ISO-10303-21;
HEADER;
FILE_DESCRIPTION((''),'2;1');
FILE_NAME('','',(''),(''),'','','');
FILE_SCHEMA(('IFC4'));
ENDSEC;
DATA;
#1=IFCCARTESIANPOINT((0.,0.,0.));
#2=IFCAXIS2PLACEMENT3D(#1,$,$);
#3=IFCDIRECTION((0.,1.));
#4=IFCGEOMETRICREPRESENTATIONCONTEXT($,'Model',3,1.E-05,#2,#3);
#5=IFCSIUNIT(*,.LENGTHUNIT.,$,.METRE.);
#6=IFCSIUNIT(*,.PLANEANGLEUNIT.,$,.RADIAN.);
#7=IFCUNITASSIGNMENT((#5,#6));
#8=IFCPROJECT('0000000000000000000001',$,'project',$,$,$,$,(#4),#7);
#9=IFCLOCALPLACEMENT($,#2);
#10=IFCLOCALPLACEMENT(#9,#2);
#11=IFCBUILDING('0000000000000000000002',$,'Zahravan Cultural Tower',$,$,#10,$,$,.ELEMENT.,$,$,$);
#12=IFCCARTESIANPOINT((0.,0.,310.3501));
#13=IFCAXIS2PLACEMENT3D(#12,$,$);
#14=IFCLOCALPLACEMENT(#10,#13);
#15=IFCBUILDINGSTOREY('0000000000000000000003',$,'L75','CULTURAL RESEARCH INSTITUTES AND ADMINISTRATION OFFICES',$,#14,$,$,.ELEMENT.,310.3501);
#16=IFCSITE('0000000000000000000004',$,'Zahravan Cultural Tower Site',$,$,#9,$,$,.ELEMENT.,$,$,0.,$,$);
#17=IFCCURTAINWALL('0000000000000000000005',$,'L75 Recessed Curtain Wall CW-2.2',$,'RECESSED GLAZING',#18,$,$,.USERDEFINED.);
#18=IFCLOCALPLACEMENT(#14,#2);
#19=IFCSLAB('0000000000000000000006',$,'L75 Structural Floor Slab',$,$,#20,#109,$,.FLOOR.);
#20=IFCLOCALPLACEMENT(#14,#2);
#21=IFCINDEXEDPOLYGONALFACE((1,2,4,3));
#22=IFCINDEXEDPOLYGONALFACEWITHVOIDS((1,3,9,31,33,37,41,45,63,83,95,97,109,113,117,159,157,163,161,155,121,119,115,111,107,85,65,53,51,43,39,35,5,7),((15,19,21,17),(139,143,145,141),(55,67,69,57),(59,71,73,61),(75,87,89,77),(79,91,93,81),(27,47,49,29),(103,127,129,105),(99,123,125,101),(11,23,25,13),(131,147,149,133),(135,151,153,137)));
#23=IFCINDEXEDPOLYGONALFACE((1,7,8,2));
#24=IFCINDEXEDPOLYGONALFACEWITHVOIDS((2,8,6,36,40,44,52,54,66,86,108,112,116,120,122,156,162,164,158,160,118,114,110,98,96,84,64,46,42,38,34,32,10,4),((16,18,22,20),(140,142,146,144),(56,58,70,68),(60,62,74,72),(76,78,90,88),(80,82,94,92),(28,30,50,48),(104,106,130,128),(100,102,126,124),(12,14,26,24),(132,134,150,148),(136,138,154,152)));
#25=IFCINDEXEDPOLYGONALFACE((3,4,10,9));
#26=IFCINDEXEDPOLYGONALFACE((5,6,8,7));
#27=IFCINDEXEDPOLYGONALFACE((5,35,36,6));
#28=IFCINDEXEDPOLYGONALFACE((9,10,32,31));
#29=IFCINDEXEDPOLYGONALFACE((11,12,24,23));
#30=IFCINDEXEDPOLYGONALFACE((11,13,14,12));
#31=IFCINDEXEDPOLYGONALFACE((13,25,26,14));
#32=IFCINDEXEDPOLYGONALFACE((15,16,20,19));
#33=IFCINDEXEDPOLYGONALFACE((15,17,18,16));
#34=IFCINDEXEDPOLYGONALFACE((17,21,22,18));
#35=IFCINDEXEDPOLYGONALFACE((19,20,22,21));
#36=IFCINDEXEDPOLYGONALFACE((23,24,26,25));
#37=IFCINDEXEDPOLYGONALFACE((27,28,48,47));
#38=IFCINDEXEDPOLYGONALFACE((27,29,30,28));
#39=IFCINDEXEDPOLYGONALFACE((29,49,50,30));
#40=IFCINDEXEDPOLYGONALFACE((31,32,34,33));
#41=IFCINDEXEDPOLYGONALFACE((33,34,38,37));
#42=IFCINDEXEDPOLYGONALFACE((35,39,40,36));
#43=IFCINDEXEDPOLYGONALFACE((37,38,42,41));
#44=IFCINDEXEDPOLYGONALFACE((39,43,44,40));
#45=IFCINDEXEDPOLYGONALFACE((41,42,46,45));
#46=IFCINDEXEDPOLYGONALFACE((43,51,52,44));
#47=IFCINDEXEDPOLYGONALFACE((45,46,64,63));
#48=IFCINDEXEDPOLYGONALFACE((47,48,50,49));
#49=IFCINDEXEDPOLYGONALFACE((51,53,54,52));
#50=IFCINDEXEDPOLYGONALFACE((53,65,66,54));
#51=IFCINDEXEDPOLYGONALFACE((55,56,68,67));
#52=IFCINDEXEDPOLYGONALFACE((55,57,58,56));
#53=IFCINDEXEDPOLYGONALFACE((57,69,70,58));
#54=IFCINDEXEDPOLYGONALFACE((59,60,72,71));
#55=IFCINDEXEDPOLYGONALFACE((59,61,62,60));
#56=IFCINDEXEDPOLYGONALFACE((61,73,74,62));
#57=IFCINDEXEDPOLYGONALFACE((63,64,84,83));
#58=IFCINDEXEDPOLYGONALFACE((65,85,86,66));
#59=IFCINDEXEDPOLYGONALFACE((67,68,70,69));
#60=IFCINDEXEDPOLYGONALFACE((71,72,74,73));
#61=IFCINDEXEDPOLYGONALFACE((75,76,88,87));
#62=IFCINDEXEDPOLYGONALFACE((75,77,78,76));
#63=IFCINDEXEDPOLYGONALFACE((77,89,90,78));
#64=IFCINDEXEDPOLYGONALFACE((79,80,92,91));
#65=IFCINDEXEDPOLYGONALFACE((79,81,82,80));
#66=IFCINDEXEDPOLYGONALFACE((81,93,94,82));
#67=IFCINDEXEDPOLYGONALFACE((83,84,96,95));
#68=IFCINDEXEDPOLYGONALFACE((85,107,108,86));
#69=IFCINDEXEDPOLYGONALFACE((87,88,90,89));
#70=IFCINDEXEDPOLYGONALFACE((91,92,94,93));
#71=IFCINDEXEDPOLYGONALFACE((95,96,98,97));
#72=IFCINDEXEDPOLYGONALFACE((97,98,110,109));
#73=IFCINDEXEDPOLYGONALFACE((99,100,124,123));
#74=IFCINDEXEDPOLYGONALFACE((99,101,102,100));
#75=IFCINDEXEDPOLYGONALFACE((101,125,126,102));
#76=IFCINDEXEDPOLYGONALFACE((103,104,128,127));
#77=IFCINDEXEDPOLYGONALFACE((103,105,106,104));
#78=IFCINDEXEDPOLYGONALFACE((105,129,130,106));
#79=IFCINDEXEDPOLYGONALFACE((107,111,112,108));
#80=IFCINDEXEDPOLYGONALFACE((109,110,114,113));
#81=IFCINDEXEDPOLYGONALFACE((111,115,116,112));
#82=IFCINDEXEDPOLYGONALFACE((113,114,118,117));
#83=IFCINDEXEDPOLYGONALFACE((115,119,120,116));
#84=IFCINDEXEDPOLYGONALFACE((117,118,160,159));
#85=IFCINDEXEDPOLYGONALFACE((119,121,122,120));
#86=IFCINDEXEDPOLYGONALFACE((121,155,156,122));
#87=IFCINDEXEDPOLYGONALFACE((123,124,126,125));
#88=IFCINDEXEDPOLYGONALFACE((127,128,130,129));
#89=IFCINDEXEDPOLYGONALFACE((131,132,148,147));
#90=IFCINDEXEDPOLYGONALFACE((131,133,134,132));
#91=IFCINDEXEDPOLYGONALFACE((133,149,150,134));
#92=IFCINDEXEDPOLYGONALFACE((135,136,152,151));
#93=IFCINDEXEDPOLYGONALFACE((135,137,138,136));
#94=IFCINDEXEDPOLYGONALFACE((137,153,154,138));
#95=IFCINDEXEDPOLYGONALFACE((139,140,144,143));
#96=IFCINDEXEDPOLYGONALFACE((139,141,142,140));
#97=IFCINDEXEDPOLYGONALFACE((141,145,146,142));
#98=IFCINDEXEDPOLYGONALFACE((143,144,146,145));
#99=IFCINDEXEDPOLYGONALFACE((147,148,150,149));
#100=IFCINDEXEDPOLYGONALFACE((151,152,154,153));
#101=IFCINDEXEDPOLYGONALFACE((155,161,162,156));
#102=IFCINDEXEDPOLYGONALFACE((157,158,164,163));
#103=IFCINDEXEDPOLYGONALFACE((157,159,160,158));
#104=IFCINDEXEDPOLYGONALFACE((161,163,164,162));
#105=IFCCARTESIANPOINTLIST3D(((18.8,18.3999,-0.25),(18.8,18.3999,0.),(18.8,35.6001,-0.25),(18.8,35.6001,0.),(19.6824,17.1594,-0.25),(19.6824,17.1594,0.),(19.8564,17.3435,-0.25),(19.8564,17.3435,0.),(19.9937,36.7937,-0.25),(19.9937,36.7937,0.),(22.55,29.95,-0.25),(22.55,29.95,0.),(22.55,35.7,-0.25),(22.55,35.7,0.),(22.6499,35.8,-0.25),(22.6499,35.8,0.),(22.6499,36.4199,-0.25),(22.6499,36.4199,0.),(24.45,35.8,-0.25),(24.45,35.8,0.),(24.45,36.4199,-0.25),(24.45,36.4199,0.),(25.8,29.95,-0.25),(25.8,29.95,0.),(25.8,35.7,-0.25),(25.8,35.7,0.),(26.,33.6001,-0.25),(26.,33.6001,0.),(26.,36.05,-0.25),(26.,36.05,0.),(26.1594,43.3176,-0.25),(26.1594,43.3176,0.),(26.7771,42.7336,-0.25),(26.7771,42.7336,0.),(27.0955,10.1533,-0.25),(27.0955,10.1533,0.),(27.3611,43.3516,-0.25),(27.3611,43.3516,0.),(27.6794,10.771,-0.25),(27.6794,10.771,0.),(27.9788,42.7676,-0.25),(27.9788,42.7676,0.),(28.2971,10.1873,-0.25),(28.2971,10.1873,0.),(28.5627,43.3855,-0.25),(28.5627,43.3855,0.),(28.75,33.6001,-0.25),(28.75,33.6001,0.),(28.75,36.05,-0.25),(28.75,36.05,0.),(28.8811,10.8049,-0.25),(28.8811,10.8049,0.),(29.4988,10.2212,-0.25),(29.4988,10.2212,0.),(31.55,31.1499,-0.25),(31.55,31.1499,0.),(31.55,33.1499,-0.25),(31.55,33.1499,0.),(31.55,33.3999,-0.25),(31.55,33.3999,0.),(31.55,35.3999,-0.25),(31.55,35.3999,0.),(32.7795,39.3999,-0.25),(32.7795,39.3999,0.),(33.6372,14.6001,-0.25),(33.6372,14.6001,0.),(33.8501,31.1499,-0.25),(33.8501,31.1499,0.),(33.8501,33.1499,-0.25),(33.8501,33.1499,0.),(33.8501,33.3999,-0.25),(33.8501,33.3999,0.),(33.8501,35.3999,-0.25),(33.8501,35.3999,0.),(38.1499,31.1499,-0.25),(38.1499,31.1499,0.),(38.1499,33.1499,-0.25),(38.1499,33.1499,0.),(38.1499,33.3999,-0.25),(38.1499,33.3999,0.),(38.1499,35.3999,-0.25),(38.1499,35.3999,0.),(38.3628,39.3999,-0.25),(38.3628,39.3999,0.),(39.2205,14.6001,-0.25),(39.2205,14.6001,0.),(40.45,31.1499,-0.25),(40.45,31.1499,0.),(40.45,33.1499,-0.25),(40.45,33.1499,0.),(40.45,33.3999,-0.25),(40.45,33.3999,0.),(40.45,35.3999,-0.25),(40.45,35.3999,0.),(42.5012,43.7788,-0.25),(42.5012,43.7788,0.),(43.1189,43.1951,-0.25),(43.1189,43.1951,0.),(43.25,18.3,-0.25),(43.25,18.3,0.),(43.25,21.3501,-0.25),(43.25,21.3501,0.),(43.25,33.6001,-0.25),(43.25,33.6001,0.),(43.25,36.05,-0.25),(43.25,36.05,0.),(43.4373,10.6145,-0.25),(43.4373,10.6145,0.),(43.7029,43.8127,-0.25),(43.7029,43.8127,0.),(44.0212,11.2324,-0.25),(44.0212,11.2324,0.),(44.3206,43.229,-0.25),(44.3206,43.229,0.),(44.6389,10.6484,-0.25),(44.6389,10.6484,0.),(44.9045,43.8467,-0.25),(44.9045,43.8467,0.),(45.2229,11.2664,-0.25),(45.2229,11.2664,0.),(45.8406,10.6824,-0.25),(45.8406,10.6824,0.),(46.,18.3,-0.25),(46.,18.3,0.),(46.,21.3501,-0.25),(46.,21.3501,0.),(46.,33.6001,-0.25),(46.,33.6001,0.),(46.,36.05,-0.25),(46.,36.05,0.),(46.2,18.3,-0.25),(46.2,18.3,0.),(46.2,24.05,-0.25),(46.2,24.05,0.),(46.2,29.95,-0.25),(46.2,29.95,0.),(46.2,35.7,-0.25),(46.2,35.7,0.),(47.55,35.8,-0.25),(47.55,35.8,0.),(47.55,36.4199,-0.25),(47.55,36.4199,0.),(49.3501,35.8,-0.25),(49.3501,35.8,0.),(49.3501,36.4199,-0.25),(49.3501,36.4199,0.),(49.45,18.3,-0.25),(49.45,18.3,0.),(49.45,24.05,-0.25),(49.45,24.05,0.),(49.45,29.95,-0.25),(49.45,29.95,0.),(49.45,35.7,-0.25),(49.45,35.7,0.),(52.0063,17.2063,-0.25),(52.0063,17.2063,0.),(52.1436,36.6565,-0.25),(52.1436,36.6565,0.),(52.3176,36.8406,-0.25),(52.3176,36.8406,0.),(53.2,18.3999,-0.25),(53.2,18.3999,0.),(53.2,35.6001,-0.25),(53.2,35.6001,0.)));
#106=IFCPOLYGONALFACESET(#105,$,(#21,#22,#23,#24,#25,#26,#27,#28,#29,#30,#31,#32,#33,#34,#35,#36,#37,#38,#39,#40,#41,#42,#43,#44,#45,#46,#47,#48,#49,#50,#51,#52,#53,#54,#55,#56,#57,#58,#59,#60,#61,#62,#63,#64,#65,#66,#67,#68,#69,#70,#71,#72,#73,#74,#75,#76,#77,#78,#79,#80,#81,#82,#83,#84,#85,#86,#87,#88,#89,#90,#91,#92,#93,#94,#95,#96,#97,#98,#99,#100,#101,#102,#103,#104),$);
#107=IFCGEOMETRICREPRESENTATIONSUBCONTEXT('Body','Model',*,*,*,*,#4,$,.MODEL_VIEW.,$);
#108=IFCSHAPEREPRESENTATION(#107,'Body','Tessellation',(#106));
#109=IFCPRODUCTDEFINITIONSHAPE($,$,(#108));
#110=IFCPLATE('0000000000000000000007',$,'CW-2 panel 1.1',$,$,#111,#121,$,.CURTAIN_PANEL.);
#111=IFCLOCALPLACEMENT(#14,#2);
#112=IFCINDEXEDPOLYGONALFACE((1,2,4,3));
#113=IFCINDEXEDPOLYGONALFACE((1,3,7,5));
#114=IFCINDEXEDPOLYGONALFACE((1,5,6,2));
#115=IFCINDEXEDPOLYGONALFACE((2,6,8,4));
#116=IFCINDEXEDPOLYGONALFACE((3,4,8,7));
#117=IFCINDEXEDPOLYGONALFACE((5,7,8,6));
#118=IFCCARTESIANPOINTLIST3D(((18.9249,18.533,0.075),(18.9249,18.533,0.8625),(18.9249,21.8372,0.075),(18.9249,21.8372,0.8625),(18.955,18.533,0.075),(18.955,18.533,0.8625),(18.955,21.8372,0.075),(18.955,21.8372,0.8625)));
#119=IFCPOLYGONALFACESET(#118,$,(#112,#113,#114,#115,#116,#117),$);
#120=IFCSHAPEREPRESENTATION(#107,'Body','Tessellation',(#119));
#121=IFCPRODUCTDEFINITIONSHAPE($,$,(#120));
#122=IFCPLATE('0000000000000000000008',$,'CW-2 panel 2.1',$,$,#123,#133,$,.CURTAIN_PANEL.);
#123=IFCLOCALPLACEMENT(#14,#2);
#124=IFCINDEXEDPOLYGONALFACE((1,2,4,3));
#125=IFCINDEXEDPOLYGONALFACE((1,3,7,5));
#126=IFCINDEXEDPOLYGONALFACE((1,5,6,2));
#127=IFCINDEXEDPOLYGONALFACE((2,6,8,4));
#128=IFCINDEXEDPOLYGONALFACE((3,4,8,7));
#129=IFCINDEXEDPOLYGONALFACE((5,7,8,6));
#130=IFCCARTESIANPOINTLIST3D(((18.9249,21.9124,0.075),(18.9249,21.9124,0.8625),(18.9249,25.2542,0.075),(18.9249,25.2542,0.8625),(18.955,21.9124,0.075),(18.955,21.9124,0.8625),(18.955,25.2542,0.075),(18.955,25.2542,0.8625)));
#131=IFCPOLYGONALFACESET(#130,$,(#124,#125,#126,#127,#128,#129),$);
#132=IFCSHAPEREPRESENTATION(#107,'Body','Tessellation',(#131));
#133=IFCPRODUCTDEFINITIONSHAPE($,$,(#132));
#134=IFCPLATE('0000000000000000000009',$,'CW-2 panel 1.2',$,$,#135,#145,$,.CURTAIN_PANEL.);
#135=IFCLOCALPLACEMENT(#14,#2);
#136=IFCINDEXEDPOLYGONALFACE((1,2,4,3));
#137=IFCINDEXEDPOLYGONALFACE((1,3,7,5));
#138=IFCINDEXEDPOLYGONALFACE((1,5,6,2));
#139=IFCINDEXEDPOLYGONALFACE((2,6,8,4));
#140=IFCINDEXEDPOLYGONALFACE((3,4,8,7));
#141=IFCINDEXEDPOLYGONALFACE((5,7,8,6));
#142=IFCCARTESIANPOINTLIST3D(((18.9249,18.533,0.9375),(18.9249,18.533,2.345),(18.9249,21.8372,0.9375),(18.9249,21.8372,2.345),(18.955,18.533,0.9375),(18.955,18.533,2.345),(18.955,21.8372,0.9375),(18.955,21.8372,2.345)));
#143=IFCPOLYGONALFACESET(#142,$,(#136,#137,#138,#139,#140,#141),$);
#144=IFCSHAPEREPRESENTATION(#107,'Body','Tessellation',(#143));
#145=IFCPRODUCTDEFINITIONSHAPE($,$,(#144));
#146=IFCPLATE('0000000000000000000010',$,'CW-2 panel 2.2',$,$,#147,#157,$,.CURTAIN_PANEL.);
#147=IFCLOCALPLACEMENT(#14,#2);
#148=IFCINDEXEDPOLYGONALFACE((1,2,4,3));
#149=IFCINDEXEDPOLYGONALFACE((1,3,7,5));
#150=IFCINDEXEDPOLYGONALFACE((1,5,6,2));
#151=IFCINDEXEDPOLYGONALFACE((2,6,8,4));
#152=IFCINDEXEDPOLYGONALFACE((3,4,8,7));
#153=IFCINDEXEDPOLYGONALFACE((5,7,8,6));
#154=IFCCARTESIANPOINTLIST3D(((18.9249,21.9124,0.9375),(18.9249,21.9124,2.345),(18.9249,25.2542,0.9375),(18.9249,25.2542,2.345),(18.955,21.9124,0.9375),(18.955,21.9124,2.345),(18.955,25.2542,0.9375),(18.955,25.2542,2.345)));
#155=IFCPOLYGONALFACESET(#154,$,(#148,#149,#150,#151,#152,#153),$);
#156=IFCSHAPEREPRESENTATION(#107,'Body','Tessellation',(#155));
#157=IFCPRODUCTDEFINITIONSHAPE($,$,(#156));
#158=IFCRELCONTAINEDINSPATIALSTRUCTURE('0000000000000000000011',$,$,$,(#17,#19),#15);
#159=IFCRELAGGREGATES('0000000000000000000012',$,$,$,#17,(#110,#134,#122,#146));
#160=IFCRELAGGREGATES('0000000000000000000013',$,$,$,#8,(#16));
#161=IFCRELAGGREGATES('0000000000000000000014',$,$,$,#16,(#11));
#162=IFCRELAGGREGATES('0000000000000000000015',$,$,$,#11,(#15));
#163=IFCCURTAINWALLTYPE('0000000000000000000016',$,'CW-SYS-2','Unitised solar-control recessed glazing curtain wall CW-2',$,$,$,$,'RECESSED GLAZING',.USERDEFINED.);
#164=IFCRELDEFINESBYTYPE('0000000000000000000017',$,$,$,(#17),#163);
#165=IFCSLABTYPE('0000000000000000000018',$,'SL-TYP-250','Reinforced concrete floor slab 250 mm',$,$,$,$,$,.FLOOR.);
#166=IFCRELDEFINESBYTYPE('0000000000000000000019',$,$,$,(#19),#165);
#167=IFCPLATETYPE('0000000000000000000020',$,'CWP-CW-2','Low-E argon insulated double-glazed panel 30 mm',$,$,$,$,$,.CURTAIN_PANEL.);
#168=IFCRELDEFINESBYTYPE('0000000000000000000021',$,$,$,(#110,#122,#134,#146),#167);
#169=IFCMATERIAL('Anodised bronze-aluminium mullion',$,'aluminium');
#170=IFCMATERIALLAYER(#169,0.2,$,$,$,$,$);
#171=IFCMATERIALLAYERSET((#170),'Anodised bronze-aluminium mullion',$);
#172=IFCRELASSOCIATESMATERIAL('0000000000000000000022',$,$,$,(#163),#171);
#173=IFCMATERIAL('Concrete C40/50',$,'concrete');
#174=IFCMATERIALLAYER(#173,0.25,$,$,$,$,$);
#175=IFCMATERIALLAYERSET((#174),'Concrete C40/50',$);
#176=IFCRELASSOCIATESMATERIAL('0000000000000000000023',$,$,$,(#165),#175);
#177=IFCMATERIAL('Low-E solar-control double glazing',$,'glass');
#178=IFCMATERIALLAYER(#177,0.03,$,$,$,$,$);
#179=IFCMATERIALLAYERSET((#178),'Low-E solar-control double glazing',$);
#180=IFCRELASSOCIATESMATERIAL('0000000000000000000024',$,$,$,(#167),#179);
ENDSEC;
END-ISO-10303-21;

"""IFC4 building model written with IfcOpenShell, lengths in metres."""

from ifc_helpers import new_model, si_unit, direction, frame, origin, origin_2d, place, context, subcontext, project, spatial, polyline, rectangle, outline, extrude, source, transform, mapped, material, layer, layer_set, type_object, element, aggregate, save


model = new_model("IFC4")

# Units and contexts
model_context = context("Model", 3, precision=1e-05, world=origin(), true_north=direction((0.0, 1.0)))
body_context = subcontext(model_context, "Body", "Model", "MODEL_VIEW")
ifc_project = project(units=[si_unit("LENGTHUNIT", "METRE"), si_unit("PLANEANGLEUNIT", "RADIAN")], contexts=[model_context])

# Site, building, storey
site_placement = place(None, origin())
site = spatial("IfcSite", under=ifc_project, at=site_placement, Name="Zahravan Cultural Tower Site", CompositionType="ELEMENT", RefElevation=0.0)
building_placement = place(site_placement, origin())
building = spatial("IfcBuilding", under=site, at=building_placement, Name="Zahravan Cultural Tower", CompositionType="ELEMENT")
storey_placement = place(building_placement, frame((0.0, 0.0, 310.3501)))
storey = spatial("IfcBuildingStorey", under=building, at=storey_placement, Name="L75", Description="CULTURAL RESEARCH INSTITUTES AND ADMINISTRATION OFFICES", CompositionType="ELEMENT", Elevation=310.3501)

# Curtain wall
ifc_material_1 = material(Name="Anodised bronze-aluminium mullion", Category="aluminium")
ifc_layer_1 = layer(ifc_material_1, 0.2)
ifc_layer_set_1 = layer_set([ifc_layer_1], Name="Anodised bronze-aluminium mullion")
curtain_wall_type = type_object("IfcCurtainWallType", Name="CW-SYS-2", Description="Unitised solar-control recessed glazing curtain wall CW-2", ElementType="RECESSED GLAZING", PredefinedType="USERDEFINED", material=ifc_layer_set_1)
curtain_wall_placement = place(storey_placement, origin())
curtain_wall = element("IfcCurtainWall", 1, at=curtain_wall_placement, inside=storey, type_object=curtain_wall_type, Name="L75 Recessed Curtain Wall CW-2.2", ObjectType="RECESSED GLAZING", PredefinedType="USERDEFINED")

# Slab
ifc_material_2 = material(Name="Concrete C40/50", Category="concrete")
ifc_layer_2 = layer(ifc_material_2, 0.25)
ifc_layer_set_2 = layer_set([ifc_layer_2], Name="Concrete C40/50")
slab_type_1 = type_object("IfcSlabType", Name="SL-TYP-250", Description="Reinforced concrete floor slab 250 mm", PredefinedType="FLOOR", material=ifc_layer_set_2)
slab_1_placement = place(storey_placement, frame((0.0, 0.0, -0.25)))
element("IfcSlab", 2, at=slab_1_placement, inside=storey, type_object=slab_type_1, Name="L75 Structural Floor Slab", PredefinedType="FLOOR", context=body_context, shape_type="SweptSolid", body=[
    extrude(outline(polyline([(38.3628, 39.3999), (32.7795, 39.3999), (28.5627, 43.3855), (27.9788, 42.7676), (27.3611, 43.3516), (26.7771, 42.7336), (26.1594, 43.3176), (19.9937, 36.7937), (18.8, 35.6001), (18.8, 18.3999), (19.8564, 17.3435), (19.6824, 17.1594), (27.0955, 10.1533), (27.6794, 10.771), (28.2971, 10.1873), (28.8811, 10.8049), (29.4988, 10.2212), (33.6372, 14.6001), (39.2205, 14.6001), (43.4373, 10.6145), (44.0212, 11.2324), (44.6389, 10.6484), (45.2229, 11.2664), (45.8406, 10.6824), (52.0063, 17.2063), (53.2, 18.3999), (53.2, 35.6001), (52.1436, 36.6565), (52.3176, 36.8406), (44.9045, 43.8467), (44.3206, 43.229), (43.7029, 43.8127), (43.1189, 43.1951), (42.5012, 43.7788), (38.3628, 39.3999)]), holes=[polyline([(22.55, 29.95), (22.55, 35.7), (25.8, 35.7), (25.8, 29.95), (22.55, 29.95)]), polyline([(46.2, 29.95), (46.2, 35.7), (49.45, 35.7), (49.45, 29.95), (46.2, 29.95)]), polyline([(46.2, 18.3), (46.2, 24.05), (49.45, 24.05), (49.45, 18.3), (46.2, 18.3)]), polyline([(26.0, 33.6001), (26.0, 36.05), (28.75, 36.05), (28.75, 33.6001), (26.0, 33.6001)]), polyline([(43.25, 33.6001), (43.25, 36.05), (46.0, 36.05), (46.0, 33.6001), (43.25, 33.6001)]), polyline([(43.25, 18.3), (43.25, 21.3501), (46.0, 21.3501), (46.0, 18.3), (43.25, 18.3)]), polyline([(31.55, 33.3999), (31.55, 35.3999), (33.8501, 35.3999), (33.8501, 33.3999), (31.55, 33.3999)]), polyline([(31.55, 31.1499), (31.55, 33.1499), (33.8501, 33.1499), (33.8501, 31.1499), (31.55, 31.1499)]), polyline([(38.1499, 33.3999), (38.1499, 35.3999), (40.45, 35.3999), (40.45, 33.3999), (38.1499, 33.3999)]), polyline([(38.1499, 31.1499), (38.1499, 33.1499), (40.45, 33.1499), (40.45, 31.1499), (38.1499, 31.1499)]), polyline([(22.6499, 35.8), (22.6499, 36.4199), (24.45, 36.4199), (24.45, 35.8), (22.6499, 35.8)]), polyline([(47.55, 35.8), (47.55, 36.4199), (49.3501, 36.4199), (49.3501, 35.8), (47.55, 35.8)])]), origin(), (0.0, 0.0, 1.0), 0.25),
])

# Plates
ifc_material_3 = material(Name="Low-E solar-control double glazing", Category="glass")
ifc_layer_3 = layer(ifc_material_3, 0.03)
ifc_layer_set_3 = layer_set([ifc_layer_3], Name="Low-E solar-control double glazing")
plate_type = type_object("IfcPlateType", Name="CWP-CW-2", Description="Low-E argon insulated double-glazed panel 30 mm", PredefinedType="CURTAIN_PANEL", material=ifc_layer_set_3)
shared_shape_1 = source(origin(), body_context, "Body", "SweptSolid", [
    extrude(rectangle(XDim=3.3042, YDim=0.03, at=origin_2d()), origin(), (0.0, 0.0, 1.0), 0.7876),
])
plate_1_placement = place(storey_placement, frame((18.9399, 20.1851, 0.075), z_axis=(0.0, 0.0, 1.0), x_axis=(0.0, 1.0, 0.0)))
plate_1 = element("IfcPlate", 3, at=plate_1_placement, type_object=plate_type, Name="CW-2 panel 1.1", PredefinedType="CURTAIN_PANEL", context=body_context, shape_type="MappedRepresentation", body=[
    mapped(shared_shape_1, transform((0.0, 0.0, 0.0), x_axis=(1.0, 0.0, 0.0), y_axis=(0.0, 1.0, 0.0), z_axis=(0.0, 0.0, 1.0), scale=1.0)),
])
shared_shape_2 = source(origin(), body_context, "Body", "SweptSolid", [
    extrude(rectangle(XDim=3.3418, YDim=0.03, at=origin_2d()), origin(), (0.0, 0.0, 1.0), 0.7876),
])
plate_2_placement = place(storey_placement, frame((18.9399, 23.5833, 0.075), z_axis=(0.0, 0.0, 1.0), x_axis=(0.0, 1.0, 0.0)))
plate_2 = element("IfcPlate", 4, at=plate_2_placement, type_object=plate_type, Name="CW-2 panel 2.1", PredefinedType="CURTAIN_PANEL", context=body_context, shape_type="MappedRepresentation", body=[
    mapped(shared_shape_2, transform((0.0, 0.0, 0.0), x_axis=(1.0, 0.0, 0.0), y_axis=(0.0, 1.0, 0.0), z_axis=(0.0, 0.0, 1.0), scale=1.0)),
])
shared_shape_3 = source(origin(), body_context, "Body", "SweptSolid", [
    extrude(rectangle(XDim=3.3042, YDim=0.03, at=origin_2d()), origin(), (0.0, 0.0, 1.0), 1.4075),
])
plate_3_placement = place(storey_placement, frame((18.9399, 20.1851, 0.9375), z_axis=(0.0, 0.0, 1.0), x_axis=(0.0, 1.0, 0.0)))
plate_3 = element("IfcPlate", 5, at=plate_3_placement, type_object=plate_type, Name="CW-2 panel 1.2", PredefinedType="CURTAIN_PANEL", context=body_context, shape_type="MappedRepresentation", body=[
    mapped(shared_shape_3, transform((0.0, 0.0, 0.0), x_axis=(1.0, 0.0, 0.0), y_axis=(0.0, 1.0, 0.0), z_axis=(0.0, 0.0, 1.0), scale=1.0)),
])
shared_shape_4 = source(origin(), body_context, "Body", "SweptSolid", [
    extrude(rectangle(XDim=3.3418, YDim=0.03, at=origin_2d()), origin(), (0.0, 0.0, 1.0), 1.4075),
])
plate_4_placement = place(storey_placement, frame((18.9399, 23.5833, 0.9375), z_axis=(0.0, 0.0, 1.0), x_axis=(0.0, 1.0, 0.0)))
plate_4 = element("IfcPlate", 6, at=plate_4_placement, type_object=plate_type, Name="CW-2 panel 2.2", PredefinedType="CURTAIN_PANEL", context=body_context, shape_type="MappedRepresentation", body=[
    mapped(shared_shape_4, transform((0.0, 0.0, 0.0), x_axis=(1.0, 0.0, 0.0), y_axis=(0.0, 1.0, 0.0), z_axis=(0.0, 0.0, 1.0), scale=1.0)),
])
aggregate(curtain_wall, [plate_1, plate_3, plate_2, plate_4])

save(model, "model.ifc")
